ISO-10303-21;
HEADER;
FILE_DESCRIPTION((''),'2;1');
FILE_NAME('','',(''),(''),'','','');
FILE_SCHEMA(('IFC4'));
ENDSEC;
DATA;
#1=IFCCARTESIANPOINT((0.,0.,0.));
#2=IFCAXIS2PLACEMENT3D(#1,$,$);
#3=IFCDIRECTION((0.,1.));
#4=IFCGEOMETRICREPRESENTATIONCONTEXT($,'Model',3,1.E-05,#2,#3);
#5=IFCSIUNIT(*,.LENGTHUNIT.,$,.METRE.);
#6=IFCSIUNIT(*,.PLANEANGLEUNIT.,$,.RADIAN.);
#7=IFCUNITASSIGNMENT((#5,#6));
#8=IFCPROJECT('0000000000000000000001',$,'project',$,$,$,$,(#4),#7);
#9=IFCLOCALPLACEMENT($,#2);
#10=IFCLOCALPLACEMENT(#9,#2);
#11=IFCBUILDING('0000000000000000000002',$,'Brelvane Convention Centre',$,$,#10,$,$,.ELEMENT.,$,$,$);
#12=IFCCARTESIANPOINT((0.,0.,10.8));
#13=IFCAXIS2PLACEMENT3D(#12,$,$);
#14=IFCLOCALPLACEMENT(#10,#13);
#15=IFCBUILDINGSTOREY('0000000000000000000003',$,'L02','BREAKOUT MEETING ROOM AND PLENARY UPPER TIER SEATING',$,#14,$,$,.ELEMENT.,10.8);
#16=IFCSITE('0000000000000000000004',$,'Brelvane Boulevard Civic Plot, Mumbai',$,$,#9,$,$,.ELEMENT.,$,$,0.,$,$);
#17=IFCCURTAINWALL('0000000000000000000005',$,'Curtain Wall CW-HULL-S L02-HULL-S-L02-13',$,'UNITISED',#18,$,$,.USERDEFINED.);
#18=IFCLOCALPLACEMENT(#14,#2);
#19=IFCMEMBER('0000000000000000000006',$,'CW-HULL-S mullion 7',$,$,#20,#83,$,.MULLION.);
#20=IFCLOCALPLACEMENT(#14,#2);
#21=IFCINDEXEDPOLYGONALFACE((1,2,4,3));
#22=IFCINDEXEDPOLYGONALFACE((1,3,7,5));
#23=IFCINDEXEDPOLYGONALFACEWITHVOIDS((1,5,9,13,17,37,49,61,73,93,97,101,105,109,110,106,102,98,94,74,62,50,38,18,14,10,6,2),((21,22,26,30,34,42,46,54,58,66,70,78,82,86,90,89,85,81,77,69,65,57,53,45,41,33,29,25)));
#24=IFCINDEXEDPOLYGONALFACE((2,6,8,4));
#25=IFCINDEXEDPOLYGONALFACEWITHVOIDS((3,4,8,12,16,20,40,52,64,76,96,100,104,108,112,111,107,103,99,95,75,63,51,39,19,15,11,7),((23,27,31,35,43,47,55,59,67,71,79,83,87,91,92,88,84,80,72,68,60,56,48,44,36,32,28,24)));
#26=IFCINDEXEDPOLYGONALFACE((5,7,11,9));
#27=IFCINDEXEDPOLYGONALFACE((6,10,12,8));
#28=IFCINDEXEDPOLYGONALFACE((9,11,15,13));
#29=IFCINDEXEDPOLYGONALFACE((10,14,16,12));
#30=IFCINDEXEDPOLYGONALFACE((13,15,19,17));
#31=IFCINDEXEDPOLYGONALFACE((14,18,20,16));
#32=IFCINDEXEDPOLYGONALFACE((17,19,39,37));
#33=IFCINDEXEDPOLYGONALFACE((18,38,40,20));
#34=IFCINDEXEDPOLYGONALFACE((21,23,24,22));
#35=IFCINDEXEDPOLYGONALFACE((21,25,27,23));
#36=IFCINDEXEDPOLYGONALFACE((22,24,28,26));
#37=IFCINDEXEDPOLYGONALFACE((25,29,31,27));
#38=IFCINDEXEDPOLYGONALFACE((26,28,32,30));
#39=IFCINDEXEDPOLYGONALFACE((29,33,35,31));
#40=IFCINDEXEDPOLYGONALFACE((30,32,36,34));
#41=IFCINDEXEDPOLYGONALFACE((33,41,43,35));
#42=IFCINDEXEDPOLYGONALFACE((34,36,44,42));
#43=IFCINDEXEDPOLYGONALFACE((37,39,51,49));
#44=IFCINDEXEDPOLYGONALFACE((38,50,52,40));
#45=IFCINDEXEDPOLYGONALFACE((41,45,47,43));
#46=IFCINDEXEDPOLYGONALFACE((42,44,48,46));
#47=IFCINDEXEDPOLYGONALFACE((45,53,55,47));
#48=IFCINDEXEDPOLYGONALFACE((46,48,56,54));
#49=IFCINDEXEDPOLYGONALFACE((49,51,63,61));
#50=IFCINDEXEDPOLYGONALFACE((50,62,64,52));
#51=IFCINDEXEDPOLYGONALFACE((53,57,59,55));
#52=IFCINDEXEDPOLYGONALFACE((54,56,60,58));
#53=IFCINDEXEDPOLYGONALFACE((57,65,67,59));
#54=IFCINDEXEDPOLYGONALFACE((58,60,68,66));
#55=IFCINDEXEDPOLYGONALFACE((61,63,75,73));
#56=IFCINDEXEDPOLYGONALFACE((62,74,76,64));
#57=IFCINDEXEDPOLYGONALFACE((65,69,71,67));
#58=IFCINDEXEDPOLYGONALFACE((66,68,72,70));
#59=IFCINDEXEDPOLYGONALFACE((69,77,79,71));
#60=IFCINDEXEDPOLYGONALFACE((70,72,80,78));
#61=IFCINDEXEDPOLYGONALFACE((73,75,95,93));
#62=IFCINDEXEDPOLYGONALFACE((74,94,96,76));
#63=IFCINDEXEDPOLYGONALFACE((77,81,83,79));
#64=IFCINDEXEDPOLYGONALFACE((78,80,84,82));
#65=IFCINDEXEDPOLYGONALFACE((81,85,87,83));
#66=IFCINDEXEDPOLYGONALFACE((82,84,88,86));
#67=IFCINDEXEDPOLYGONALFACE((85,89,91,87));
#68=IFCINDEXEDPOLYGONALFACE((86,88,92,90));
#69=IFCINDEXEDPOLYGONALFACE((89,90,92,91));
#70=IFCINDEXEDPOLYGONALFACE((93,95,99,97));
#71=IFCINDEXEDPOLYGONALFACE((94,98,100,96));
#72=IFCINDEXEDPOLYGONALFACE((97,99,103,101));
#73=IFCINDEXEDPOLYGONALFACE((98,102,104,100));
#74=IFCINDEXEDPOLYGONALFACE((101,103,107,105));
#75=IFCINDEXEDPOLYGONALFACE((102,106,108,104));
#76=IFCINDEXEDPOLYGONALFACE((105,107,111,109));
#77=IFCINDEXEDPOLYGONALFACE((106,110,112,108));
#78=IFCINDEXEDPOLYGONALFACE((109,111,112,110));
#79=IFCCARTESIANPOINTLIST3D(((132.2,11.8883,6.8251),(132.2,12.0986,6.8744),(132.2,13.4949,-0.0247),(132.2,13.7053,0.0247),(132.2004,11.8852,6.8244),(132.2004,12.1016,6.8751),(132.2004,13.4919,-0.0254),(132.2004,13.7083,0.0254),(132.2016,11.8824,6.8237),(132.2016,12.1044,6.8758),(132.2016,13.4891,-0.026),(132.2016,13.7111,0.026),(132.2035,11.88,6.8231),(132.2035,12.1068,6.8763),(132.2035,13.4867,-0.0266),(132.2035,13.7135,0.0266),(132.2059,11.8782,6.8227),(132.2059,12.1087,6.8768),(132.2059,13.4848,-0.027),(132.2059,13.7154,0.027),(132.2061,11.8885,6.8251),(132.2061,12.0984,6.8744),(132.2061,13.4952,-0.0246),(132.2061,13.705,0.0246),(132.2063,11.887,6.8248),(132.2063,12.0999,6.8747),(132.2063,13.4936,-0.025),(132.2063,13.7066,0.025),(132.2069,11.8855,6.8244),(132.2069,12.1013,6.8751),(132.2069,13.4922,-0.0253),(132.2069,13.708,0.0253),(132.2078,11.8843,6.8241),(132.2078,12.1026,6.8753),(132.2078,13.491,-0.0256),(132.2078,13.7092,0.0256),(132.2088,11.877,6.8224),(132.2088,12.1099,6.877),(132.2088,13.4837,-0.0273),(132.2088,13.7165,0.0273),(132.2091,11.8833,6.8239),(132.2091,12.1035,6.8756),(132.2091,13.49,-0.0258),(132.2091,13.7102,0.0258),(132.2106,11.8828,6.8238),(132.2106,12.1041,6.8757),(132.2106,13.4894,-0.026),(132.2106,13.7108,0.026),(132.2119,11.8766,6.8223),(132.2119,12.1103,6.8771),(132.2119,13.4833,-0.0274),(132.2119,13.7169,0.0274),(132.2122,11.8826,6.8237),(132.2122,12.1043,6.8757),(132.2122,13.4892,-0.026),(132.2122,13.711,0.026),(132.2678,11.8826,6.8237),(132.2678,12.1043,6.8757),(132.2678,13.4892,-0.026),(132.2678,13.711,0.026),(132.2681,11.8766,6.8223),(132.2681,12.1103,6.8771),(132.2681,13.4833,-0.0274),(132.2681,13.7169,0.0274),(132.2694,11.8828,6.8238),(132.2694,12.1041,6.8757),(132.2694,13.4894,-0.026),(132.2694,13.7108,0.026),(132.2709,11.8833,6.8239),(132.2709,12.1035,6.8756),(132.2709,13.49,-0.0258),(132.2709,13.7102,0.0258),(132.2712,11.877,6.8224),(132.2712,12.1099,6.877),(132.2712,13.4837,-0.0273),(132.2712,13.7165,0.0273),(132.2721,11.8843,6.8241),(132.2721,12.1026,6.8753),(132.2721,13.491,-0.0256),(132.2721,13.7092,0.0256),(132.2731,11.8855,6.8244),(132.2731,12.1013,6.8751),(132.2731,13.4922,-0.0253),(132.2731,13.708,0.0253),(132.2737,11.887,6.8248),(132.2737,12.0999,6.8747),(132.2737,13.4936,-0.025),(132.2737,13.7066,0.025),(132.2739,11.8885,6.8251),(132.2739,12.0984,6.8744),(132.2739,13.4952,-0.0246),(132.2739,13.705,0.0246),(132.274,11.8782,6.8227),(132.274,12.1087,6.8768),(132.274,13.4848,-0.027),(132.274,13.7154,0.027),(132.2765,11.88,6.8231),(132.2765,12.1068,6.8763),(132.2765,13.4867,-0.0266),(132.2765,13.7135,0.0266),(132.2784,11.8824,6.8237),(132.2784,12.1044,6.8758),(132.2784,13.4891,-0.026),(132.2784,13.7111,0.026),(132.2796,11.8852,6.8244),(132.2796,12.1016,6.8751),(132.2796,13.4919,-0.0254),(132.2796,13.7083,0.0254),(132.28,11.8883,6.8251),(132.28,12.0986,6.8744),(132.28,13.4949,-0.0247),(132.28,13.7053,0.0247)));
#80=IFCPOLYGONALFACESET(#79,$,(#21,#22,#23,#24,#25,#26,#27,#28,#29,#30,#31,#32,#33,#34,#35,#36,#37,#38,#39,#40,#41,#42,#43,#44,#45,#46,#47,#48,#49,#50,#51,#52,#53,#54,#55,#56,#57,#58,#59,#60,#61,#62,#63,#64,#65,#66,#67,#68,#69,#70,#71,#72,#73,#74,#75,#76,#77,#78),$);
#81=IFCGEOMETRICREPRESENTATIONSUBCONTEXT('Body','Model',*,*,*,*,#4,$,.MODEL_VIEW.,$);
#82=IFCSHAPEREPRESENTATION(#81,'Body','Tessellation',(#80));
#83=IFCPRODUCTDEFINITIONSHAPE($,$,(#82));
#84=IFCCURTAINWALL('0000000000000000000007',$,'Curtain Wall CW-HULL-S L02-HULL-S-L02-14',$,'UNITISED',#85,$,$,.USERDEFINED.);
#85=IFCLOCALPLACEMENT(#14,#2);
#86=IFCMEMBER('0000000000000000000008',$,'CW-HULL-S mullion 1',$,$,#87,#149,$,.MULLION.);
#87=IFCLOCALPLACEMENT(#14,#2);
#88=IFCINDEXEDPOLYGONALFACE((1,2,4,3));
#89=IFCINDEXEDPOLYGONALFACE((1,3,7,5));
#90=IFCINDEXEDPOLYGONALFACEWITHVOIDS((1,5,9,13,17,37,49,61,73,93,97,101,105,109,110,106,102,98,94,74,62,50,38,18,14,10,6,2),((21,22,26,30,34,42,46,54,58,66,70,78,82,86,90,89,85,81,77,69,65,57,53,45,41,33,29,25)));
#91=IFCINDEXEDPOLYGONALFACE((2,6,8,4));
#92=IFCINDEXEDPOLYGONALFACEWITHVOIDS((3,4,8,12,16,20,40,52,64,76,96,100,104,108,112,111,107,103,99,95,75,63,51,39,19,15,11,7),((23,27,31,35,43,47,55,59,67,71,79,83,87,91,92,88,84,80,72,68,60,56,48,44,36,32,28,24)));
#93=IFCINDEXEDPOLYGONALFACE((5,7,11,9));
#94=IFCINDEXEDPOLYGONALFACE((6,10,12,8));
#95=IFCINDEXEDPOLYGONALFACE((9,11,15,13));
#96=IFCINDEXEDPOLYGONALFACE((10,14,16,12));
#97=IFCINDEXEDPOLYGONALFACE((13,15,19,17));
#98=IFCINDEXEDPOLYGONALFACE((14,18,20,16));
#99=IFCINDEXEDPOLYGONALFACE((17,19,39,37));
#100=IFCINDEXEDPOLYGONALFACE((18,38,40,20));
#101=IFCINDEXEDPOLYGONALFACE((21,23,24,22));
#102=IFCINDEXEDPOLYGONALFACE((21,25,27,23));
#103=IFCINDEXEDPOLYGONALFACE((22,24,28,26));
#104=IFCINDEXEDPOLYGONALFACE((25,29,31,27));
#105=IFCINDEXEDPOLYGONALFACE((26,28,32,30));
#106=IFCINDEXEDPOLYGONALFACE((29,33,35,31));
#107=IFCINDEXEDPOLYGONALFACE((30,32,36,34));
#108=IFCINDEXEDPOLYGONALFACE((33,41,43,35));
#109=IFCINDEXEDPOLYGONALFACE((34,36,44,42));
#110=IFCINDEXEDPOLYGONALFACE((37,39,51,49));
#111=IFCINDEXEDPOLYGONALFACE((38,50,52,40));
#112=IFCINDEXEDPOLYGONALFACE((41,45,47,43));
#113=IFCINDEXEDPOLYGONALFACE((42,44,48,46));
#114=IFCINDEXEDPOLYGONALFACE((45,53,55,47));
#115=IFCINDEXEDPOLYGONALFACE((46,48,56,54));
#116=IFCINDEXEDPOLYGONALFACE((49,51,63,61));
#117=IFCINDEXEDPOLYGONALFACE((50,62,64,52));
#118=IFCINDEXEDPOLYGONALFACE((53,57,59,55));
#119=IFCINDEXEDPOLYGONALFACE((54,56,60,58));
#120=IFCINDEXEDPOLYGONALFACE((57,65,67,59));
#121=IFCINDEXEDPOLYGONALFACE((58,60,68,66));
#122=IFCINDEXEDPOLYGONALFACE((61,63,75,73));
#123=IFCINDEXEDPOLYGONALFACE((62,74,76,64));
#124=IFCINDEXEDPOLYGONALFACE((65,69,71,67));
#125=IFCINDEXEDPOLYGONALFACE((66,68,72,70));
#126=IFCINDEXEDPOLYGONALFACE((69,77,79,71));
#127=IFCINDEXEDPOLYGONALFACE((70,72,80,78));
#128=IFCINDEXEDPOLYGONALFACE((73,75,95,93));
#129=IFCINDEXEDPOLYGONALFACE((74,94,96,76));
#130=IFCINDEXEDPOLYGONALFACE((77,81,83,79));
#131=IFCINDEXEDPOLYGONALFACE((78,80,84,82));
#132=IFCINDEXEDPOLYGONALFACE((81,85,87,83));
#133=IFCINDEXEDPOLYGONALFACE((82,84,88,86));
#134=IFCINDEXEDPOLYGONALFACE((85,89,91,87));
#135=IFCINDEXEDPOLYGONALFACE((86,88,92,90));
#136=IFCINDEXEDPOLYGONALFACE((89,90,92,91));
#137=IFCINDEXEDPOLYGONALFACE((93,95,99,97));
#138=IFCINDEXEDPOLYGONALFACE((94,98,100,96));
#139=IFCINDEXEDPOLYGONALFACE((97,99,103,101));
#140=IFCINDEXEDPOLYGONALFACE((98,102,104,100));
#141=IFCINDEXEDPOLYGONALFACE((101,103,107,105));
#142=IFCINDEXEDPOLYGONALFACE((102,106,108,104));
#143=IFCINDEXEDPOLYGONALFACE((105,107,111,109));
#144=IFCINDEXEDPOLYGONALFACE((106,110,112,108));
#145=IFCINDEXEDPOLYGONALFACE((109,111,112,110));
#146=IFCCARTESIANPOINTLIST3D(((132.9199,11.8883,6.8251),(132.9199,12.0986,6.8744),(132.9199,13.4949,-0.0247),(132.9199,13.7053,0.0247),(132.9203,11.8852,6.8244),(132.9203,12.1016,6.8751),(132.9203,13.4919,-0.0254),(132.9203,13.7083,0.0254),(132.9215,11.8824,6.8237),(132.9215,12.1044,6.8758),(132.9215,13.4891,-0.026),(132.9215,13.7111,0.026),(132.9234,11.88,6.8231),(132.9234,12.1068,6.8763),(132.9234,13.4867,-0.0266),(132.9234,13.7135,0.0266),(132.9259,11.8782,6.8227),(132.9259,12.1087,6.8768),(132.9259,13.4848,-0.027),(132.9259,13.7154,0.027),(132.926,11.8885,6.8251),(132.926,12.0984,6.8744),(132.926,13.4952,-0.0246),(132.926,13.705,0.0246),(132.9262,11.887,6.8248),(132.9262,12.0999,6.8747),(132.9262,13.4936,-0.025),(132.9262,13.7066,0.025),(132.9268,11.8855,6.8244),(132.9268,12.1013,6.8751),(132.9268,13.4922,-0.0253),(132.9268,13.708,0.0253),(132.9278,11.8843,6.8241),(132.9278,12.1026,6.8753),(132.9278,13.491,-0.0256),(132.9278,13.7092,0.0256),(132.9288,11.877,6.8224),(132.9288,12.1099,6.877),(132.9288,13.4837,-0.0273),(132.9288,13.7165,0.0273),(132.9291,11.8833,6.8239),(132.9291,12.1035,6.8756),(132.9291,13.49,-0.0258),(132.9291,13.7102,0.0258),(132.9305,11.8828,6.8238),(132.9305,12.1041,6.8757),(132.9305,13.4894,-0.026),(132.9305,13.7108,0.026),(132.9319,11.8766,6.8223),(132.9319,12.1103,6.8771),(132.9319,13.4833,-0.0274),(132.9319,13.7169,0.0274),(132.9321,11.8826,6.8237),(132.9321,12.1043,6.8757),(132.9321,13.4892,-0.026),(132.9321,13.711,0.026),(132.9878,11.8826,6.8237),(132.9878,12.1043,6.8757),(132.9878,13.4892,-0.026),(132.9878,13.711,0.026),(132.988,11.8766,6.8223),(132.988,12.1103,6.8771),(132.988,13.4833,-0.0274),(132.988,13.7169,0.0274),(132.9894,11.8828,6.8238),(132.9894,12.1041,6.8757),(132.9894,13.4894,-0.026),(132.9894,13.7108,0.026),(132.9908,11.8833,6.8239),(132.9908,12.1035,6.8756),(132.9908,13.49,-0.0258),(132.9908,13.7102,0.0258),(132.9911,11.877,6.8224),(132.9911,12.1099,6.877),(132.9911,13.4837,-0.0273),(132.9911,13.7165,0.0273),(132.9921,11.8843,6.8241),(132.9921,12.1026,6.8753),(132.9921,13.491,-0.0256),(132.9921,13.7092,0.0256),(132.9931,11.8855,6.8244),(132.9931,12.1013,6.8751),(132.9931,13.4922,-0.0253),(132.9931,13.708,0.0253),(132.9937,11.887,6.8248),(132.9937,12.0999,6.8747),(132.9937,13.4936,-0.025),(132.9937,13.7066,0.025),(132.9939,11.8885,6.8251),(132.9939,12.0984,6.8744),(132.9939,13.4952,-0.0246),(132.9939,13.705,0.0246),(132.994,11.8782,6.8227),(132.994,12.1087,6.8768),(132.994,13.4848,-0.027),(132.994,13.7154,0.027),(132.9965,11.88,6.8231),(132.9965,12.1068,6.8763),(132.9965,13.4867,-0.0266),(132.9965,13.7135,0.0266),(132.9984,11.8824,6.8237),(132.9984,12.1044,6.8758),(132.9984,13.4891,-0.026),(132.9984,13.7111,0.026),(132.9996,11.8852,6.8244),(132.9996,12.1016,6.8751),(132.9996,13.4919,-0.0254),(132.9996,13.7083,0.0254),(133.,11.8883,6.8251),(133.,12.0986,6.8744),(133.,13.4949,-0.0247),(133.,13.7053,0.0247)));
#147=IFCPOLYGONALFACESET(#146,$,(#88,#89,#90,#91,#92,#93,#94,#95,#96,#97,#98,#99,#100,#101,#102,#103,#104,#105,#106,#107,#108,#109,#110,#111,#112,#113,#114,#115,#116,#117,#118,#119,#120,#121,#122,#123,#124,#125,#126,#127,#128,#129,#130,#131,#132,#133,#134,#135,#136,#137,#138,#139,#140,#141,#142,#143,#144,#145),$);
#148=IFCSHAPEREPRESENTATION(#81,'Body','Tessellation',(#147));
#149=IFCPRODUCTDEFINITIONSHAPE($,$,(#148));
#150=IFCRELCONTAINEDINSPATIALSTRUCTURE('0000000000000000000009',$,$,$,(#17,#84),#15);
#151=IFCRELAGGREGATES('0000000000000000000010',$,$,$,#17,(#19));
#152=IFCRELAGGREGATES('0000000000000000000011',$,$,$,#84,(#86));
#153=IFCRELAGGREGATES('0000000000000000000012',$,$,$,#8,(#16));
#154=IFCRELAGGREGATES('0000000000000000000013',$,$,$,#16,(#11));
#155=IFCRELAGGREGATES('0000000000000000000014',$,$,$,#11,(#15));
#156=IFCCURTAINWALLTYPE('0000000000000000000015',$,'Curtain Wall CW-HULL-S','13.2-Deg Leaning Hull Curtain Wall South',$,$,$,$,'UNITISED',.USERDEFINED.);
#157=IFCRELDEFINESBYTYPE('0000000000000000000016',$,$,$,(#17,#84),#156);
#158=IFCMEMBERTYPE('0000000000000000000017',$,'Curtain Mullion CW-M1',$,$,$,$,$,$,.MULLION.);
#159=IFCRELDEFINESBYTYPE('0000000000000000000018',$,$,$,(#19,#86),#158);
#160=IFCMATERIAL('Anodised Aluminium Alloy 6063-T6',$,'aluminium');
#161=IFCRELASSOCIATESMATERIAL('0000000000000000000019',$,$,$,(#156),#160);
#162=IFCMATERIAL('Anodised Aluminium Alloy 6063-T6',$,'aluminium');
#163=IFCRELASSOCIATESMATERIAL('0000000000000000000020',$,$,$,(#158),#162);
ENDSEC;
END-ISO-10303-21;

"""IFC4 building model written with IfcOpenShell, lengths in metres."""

from ifc_helpers import new_model, si_unit, direction, frame, origin, origin_2d, place, context, subcontext, project, spatial, hollow_rectangle, extrude, material, material_profile, profile_set, type_object, element, aggregate, save


model = new_model("IFC4")

# Units and contexts
model_context = context("Model", 3, precision=1e-05, world=origin(), true_north=direction((0.0, 1.0)))
body_context = subcontext(model_context, "Body", "Model", "MODEL_VIEW")
ifc_project = project(units=[si_unit("LENGTHUNIT", "METRE"), si_unit("PLANEANGLEUNIT", "RADIAN")], contexts=[model_context])

# Site, building, storey
site_placement = place(None, origin())
site = spatial("IfcSite", under=ifc_project, at=site_placement, Name="Brelvane Boulevard Civic Plot, Mumbai", CompositionType="ELEMENT", RefElevation=0.0)
building_placement = place(site_placement, origin())
building = spatial("IfcBuilding", under=site, at=building_placement, Name="Brelvane Convention Centre", CompositionType="ELEMENT")
storey_placement = place(building_placement, frame((0.0, 0.0, 10.8)))
storey = spatial("IfcBuildingStorey", under=building, at=storey_placement, Name="L02", Description="BREAKOUT MEETING ROOM AND PLENARY UPPER TIER SEATING", CompositionType="ELEMENT", Elevation=10.8)

# Curtain walls, members
ifc_material_1 = material(Name="Anodised Aluminium Alloy 6063-T6", Category="aluminium")
curtain_wall_type = type_object("IfcCurtainWallType", Name="Curtain Wall CW-HULL-S", Description="13.2-Deg Leaning Hull Curtain Wall South", ElementType="UNITISED", PredefinedType="USERDEFINED", material=ifc_material_1)
curtain_wall_1_placement = place(storey_placement, origin())
curtain_wall_1 = element("IfcCurtainWall", 1, at=curtain_wall_1_placement, inside=storey, type_object=curtain_wall_type, Name="Curtain Wall CW-HULL-S L02-HULL-S-L02-13", ObjectType="UNITISED", PredefinedType="USERDEFINED")
ifc_material_2 = material(Name="Anodised Aluminium Alloy 6063-T6", Category="aluminium")
ifc_material_profile_1 = material_profile(ifc_material_2, hollow_rectangle(XDim=0.0801, YDim=0.24, WallThickness=0.0061, InnerFilletRadius=0.0061, OuterFilletRadius=0.012, at=origin_2d()), Name="ALU-M 240x80x6.0")
ifc_profile_set_1 = profile_set([ifc_material_profile_1], Name="Anodised Aluminium Alloy 6063-T6")
member_type_1 = type_object("IfcMemberType", Name="Curtain Mullion CW-M1", PredefinedType="MULLION", material=ifc_profile_set_1)
member_1_placement = place(storey_placement, frame((132.24, 13.6001, 0.0), z_axis=(0.0, -0.22836, 0.973577), x_axis=(1.0, 0.0, 0.0)))
member_1 = element("IfcMember", 2, at=member_1_placement, type_object=member_type_1, Name="CW-HULL-S mullion 7", PredefinedType="MULLION", context=body_context, shape_type="SweptSolid", body=[
    extrude(hollow_rectangle(XDim=0.0801, YDim=0.24, WallThickness=0.0061, InnerFilletRadius=0.0061, OuterFilletRadius=0.012, at=origin_2d()), origin(), (0.0, 0.0, 1.0), 7.0356),
])
curtain_wall_2_placement = place(storey_placement, origin())
curtain_wall_2 = element("IfcCurtainWall", 3, at=curtain_wall_2_placement, inside=storey, type_object=curtain_wall_type, Name="Curtain Wall CW-HULL-S L02-HULL-S-L02-14", ObjectType="UNITISED", PredefinedType="USERDEFINED")
member_2_placement = place(storey_placement, frame((132.96, 13.6001, 0.0), z_axis=(0.0, -0.22836, 0.973577), x_axis=(1.0, 0.0, 0.0)))
member_2 = element("IfcMember", 4, at=member_2_placement, type_object=member_type_1, Name="CW-HULL-S mullion 1", PredefinedType="MULLION", context=body_context, shape_type="SweptSolid", body=[
    extrude(hollow_rectangle(XDim=0.0801, YDim=0.24, WallThickness=0.0061, InnerFilletRadius=0.0061, OuterFilletRadius=0.012, at=origin_2d()), origin(), (0.0, 0.0, 1.0), 7.0356),
])

aggregate(curtain_wall_1, [member_1])
aggregate(curtain_wall_2, [member_2])

save(model, "model.ifc")
